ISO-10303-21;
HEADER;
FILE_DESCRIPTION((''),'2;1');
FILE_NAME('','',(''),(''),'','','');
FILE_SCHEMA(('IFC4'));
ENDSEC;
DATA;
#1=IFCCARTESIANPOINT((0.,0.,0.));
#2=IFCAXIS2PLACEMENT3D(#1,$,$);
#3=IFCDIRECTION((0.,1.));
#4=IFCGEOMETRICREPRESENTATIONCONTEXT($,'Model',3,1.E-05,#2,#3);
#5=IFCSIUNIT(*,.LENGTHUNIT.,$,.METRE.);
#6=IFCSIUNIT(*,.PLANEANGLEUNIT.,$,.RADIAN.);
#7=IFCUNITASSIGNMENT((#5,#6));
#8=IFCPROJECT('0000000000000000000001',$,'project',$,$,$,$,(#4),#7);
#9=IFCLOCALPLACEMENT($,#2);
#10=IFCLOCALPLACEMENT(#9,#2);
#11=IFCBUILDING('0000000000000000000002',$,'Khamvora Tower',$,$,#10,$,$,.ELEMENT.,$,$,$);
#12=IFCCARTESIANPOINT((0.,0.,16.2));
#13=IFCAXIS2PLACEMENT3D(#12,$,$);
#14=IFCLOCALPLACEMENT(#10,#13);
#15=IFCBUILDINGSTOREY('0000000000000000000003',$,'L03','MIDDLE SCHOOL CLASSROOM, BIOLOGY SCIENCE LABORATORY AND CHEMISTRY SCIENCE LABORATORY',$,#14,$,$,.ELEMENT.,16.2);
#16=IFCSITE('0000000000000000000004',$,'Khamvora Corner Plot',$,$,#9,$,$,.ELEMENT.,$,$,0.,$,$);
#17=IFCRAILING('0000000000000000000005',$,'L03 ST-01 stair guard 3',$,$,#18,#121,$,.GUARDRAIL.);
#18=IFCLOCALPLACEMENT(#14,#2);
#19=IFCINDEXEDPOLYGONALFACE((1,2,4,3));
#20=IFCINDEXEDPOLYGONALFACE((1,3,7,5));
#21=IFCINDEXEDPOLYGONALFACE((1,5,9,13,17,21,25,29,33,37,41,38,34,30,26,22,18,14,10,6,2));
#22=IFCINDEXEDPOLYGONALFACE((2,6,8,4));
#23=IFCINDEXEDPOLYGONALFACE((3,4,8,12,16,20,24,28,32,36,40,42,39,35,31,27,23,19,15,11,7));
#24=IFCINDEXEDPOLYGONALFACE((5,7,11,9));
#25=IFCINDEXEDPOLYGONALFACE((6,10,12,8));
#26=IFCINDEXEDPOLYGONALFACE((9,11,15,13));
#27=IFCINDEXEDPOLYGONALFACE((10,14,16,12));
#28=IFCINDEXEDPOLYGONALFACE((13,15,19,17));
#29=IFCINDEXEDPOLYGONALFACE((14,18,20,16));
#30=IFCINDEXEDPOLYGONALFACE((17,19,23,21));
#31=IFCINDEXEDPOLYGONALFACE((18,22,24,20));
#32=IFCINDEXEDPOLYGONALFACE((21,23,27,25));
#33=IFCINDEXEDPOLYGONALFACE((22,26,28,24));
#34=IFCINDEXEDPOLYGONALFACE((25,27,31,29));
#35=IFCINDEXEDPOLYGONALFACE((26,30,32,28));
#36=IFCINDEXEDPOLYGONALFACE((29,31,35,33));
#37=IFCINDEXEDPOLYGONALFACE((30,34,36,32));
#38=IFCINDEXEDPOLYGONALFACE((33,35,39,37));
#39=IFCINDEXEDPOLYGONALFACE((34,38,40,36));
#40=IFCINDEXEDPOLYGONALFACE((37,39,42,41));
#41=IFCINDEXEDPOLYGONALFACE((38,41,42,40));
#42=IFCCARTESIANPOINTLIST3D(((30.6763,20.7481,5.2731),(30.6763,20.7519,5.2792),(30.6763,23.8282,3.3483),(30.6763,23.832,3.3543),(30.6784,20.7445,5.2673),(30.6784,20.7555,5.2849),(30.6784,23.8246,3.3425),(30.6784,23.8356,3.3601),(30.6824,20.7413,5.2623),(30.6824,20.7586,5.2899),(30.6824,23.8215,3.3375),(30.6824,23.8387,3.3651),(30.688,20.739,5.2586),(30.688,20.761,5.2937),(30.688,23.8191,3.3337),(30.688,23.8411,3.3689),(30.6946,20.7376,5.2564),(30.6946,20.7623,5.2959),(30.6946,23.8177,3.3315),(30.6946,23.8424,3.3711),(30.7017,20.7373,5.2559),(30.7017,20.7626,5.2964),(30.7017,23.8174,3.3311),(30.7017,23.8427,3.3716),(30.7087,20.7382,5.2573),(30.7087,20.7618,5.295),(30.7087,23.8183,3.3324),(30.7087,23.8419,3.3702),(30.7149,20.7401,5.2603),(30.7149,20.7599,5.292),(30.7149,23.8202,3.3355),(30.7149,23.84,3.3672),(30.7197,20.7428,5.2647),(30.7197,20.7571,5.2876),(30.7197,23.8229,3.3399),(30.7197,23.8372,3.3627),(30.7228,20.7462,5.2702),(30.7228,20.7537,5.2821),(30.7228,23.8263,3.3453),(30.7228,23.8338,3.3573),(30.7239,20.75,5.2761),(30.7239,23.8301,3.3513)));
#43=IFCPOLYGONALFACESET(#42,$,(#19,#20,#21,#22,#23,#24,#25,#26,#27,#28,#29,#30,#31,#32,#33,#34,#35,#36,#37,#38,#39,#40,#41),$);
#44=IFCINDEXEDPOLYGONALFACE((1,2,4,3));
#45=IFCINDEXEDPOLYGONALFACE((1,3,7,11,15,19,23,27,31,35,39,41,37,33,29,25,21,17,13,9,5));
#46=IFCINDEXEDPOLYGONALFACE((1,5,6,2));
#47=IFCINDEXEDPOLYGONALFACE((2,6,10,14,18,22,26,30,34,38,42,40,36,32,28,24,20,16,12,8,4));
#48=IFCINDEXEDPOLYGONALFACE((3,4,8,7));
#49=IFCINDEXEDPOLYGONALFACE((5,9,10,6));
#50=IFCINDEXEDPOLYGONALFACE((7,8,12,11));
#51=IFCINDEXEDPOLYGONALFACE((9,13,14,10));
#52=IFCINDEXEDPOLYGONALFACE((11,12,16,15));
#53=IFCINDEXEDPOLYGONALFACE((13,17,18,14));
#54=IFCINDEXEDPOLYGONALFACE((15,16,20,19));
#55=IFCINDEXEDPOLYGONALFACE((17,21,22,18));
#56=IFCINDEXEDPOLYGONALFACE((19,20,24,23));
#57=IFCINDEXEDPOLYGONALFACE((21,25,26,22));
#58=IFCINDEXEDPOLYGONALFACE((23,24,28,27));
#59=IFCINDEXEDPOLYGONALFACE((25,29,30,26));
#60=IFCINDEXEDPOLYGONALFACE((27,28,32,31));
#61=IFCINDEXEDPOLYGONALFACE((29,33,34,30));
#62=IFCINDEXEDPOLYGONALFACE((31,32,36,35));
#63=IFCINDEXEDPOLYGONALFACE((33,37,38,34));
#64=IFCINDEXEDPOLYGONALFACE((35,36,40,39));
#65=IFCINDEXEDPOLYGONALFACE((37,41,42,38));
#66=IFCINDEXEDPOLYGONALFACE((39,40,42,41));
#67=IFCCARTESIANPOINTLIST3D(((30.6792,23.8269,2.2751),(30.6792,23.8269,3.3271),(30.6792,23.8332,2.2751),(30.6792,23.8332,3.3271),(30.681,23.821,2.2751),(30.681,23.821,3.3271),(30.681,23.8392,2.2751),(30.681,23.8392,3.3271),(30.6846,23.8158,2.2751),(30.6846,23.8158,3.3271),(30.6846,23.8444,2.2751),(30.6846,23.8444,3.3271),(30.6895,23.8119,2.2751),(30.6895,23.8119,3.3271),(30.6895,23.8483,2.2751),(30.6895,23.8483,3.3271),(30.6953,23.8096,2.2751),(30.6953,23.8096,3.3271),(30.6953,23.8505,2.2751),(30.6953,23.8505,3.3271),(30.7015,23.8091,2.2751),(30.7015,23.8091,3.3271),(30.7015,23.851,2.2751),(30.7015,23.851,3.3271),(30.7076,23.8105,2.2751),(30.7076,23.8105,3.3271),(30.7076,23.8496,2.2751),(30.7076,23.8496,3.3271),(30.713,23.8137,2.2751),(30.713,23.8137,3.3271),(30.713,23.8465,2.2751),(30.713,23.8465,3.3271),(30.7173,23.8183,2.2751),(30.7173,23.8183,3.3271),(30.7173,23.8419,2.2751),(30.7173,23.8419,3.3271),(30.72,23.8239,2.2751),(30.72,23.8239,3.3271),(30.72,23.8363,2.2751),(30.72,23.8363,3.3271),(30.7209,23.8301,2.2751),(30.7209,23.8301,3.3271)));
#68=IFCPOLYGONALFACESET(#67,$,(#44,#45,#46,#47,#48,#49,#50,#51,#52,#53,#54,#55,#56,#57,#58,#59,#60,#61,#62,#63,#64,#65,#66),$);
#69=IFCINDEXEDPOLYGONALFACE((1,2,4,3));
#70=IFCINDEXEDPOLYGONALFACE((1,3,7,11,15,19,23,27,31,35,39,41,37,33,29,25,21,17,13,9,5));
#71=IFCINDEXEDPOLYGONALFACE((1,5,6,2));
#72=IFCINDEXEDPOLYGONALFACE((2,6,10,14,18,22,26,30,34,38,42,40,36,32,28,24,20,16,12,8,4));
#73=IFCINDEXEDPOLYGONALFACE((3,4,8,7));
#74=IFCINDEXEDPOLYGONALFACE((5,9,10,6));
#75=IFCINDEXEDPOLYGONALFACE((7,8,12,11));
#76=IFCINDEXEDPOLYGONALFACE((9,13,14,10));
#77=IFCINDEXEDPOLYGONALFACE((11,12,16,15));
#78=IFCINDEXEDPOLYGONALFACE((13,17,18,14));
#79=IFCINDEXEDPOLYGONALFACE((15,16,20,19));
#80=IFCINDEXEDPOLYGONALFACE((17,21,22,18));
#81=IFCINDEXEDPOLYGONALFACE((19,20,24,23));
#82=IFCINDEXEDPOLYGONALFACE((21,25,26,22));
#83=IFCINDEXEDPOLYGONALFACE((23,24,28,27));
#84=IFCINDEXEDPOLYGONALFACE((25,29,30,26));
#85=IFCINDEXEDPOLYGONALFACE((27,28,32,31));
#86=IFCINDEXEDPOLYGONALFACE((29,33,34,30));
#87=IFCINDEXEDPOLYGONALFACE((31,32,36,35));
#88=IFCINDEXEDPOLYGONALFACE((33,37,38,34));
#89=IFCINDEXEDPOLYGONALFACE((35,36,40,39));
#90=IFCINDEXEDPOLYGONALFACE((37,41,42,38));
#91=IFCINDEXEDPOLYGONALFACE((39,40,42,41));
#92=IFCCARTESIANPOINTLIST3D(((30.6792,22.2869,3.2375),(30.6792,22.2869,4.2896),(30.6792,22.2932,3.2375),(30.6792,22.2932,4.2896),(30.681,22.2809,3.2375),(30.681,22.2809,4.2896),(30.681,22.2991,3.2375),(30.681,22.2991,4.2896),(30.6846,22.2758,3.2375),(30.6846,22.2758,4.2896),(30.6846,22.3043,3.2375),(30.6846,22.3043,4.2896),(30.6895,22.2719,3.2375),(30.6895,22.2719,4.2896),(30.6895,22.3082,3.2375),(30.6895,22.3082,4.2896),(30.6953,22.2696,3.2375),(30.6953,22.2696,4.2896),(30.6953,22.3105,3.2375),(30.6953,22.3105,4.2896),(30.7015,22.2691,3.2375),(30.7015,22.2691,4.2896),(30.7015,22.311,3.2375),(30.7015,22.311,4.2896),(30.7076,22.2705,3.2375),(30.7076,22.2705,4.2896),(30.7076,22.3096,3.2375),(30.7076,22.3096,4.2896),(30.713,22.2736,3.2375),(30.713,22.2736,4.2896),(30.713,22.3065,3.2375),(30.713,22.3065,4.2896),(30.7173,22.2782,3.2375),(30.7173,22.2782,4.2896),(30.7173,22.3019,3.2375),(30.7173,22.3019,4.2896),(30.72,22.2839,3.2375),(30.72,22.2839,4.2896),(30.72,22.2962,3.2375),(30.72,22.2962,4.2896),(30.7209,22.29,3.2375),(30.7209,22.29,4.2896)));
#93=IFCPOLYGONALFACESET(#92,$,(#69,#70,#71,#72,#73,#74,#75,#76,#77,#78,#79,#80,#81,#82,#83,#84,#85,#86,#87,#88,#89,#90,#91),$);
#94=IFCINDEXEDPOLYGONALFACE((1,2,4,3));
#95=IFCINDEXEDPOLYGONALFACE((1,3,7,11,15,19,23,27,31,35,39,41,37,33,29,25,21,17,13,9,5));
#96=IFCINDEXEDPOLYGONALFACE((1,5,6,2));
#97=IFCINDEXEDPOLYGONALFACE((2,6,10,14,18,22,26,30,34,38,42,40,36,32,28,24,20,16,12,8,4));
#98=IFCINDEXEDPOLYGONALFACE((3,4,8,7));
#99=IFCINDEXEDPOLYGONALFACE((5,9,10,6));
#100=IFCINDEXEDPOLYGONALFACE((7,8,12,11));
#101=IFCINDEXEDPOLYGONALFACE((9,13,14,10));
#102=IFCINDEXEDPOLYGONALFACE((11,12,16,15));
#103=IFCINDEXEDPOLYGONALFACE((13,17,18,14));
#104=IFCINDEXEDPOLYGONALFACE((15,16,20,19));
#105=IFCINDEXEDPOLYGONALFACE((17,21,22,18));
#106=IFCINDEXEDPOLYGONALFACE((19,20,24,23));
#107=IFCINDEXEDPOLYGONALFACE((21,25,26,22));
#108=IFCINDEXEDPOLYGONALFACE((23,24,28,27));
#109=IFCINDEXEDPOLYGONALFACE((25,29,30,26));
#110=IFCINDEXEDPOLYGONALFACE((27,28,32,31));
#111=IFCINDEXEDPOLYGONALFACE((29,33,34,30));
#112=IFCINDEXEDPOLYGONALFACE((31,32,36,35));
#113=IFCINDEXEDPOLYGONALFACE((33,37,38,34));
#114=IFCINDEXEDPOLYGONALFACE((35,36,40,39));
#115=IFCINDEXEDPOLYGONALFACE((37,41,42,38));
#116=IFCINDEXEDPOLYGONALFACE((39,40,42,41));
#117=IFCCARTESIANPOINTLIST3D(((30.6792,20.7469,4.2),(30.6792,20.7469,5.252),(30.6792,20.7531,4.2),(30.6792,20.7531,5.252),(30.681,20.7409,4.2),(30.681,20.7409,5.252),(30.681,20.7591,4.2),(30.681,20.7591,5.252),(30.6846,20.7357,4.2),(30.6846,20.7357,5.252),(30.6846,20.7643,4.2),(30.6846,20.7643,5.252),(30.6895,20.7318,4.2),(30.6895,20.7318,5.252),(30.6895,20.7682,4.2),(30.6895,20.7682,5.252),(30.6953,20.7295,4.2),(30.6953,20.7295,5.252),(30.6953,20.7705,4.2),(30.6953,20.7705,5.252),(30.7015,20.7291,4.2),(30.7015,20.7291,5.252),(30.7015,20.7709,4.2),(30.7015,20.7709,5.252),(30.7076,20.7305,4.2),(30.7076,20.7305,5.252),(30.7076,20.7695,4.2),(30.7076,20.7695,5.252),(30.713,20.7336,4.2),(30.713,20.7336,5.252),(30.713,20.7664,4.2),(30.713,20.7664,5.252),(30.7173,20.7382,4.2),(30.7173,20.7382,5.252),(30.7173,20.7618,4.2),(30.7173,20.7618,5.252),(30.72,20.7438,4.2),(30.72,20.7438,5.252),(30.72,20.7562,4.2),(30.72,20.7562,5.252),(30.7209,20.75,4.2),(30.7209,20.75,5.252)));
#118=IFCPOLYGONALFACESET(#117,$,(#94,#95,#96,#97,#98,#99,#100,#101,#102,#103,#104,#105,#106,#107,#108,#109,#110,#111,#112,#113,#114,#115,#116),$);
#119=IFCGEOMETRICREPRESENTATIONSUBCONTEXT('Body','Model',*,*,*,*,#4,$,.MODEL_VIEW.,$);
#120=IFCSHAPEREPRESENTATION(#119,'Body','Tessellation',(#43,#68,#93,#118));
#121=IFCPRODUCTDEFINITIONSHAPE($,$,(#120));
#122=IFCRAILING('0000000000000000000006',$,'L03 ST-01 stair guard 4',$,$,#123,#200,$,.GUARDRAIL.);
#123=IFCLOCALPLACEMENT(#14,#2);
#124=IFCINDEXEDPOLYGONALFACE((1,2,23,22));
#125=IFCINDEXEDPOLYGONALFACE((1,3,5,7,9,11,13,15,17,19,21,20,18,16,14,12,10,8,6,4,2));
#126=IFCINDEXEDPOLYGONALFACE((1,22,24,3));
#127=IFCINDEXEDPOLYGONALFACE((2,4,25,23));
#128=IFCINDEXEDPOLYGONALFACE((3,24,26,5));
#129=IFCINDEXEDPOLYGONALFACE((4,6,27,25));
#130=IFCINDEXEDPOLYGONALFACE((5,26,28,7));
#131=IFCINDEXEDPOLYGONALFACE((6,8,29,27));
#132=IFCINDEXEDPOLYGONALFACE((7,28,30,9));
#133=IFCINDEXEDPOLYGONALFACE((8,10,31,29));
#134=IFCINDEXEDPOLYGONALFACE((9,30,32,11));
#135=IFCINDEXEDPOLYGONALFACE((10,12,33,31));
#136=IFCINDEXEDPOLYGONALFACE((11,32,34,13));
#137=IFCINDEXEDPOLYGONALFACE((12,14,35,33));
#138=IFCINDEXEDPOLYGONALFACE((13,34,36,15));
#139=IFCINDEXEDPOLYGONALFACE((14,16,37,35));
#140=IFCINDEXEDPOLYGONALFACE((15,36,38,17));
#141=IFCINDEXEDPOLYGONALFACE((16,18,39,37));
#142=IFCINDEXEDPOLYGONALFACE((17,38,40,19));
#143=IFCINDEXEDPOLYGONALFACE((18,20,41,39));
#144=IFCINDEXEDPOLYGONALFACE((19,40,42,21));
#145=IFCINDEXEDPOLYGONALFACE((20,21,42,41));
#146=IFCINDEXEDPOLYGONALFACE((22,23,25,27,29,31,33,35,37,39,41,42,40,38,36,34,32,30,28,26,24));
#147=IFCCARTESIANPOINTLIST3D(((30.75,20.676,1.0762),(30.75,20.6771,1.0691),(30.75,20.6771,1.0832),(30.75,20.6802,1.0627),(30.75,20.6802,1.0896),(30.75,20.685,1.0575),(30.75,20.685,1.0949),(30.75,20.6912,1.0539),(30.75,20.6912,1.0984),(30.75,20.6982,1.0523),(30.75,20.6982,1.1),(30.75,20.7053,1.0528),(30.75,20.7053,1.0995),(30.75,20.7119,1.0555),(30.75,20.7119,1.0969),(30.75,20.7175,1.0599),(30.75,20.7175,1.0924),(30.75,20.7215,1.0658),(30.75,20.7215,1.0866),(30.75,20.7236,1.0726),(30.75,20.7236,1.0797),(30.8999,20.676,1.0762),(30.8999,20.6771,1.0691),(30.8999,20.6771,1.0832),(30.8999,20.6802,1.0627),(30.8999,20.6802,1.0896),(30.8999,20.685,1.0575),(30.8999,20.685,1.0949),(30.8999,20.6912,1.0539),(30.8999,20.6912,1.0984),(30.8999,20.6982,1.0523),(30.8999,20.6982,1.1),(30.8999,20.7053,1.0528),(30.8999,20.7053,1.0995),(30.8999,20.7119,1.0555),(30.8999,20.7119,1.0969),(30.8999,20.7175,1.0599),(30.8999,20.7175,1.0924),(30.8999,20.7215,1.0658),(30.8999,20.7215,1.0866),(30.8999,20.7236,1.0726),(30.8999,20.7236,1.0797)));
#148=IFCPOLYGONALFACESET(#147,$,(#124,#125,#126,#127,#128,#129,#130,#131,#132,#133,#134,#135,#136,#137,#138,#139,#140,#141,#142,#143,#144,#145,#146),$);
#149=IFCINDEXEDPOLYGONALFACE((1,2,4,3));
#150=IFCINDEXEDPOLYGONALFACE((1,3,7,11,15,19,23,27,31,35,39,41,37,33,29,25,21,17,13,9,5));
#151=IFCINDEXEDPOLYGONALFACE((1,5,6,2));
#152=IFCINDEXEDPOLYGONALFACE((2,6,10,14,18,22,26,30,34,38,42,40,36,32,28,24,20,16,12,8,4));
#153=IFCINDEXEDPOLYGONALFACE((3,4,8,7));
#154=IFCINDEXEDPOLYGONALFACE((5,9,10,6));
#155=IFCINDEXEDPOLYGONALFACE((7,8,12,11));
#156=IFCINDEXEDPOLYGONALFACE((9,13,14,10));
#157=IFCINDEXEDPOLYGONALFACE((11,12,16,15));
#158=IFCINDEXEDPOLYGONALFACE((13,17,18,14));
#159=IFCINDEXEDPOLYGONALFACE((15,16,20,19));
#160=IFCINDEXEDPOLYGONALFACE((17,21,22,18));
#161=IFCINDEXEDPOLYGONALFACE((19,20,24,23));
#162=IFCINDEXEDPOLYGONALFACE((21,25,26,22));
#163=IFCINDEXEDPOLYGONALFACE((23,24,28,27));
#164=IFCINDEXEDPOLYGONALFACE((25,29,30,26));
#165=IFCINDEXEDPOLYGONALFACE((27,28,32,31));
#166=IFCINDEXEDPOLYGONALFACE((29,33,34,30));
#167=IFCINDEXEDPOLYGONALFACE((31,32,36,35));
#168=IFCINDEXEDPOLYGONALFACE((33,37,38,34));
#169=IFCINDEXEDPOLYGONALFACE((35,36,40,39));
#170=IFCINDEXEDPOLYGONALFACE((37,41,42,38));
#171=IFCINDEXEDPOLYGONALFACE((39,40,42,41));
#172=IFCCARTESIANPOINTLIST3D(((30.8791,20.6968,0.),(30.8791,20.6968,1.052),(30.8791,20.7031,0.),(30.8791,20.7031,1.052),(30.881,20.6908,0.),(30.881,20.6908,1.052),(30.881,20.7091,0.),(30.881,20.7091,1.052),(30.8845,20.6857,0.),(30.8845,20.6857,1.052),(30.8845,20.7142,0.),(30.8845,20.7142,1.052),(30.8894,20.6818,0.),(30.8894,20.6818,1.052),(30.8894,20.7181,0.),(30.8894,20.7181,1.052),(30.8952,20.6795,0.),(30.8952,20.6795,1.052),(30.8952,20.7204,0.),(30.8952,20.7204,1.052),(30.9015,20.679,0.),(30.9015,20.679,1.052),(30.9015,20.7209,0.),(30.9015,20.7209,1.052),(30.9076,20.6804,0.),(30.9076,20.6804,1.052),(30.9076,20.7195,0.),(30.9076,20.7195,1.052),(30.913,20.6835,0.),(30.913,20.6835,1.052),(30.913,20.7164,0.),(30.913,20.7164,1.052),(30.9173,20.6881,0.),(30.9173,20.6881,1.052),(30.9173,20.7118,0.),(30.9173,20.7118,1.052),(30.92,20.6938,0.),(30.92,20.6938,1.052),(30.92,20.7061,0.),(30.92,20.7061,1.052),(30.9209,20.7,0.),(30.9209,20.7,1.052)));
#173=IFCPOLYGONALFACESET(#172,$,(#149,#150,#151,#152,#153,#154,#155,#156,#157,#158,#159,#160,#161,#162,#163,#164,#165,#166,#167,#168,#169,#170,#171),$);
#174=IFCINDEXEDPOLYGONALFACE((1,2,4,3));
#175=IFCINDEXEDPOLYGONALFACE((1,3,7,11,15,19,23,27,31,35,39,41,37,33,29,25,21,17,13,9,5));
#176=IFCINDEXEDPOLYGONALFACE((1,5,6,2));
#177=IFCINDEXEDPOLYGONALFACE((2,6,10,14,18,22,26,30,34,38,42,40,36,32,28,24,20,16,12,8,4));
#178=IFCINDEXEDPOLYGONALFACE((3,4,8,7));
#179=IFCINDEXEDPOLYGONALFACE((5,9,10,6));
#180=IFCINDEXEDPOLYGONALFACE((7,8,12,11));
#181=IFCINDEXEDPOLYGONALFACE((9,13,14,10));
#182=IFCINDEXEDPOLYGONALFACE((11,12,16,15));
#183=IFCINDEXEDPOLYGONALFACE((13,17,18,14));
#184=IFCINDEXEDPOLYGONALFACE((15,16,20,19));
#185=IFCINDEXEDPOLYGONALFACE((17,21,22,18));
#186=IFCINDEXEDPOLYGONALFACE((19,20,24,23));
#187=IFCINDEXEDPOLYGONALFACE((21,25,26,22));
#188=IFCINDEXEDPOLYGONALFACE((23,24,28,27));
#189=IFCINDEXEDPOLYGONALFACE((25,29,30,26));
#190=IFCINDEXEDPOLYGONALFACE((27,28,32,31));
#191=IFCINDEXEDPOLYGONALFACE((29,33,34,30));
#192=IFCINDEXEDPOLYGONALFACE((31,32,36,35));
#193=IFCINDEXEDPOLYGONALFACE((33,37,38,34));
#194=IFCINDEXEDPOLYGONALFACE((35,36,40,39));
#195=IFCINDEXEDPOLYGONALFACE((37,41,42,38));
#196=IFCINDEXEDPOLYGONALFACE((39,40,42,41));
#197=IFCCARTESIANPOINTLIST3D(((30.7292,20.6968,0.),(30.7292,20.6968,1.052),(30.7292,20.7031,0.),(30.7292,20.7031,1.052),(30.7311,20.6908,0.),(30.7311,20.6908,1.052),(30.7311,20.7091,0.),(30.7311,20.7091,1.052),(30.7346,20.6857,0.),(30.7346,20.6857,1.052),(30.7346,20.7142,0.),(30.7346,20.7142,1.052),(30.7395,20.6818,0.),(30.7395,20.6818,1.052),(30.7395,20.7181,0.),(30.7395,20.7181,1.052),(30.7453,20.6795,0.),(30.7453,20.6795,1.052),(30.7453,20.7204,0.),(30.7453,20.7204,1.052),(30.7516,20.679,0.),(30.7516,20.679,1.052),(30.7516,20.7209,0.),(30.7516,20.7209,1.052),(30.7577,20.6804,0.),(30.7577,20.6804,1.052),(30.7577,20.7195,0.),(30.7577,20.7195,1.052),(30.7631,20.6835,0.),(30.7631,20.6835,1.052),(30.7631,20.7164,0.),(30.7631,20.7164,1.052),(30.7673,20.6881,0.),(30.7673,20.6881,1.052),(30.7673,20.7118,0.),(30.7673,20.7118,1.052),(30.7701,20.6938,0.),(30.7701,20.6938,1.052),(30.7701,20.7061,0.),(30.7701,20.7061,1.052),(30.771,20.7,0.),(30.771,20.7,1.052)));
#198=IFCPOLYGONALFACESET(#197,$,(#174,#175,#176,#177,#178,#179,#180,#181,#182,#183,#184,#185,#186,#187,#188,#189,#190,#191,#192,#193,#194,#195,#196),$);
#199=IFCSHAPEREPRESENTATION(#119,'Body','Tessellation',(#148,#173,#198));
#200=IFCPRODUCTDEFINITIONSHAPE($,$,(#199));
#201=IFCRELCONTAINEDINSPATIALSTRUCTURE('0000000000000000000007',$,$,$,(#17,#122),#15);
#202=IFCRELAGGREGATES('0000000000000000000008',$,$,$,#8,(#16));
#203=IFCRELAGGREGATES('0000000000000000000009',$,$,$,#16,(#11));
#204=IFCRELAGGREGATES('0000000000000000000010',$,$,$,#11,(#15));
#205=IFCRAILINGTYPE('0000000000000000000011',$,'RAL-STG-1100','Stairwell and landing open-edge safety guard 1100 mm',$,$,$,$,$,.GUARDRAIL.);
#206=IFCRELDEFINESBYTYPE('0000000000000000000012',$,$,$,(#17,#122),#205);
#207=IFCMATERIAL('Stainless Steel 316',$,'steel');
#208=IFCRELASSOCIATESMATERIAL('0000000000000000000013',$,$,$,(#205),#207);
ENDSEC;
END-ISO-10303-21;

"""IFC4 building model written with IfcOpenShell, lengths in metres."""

from ifc_helpers import new_model, si_unit, direction, frame, origin, origin_2d, place, context, subcontext, project, spatial, circle, extrude, material, type_object, element, save


model = new_model("IFC4")

# Units and contexts
model_context = context("Model", 3, precision=1e-05, world=origin(), true_north=direction((0.0, 1.0)))
body_context = subcontext(model_context, "Body", "Model", "MODEL_VIEW")
ifc_project = project(units=[si_unit("LENGTHUNIT", "METRE"), si_unit("PLANEANGLEUNIT", "RADIAN")], contexts=[model_context])

# Site, building, storey
site_placement = place(None, origin())
site = spatial("IfcSite", under=ifc_project, at=site_placement, Name="Khamvora Corner Plot", CompositionType="ELEMENT", RefElevation=0.0)
building_placement = place(site_placement, origin())
building = spatial("IfcBuilding", under=site, at=building_placement, Name="Khamvora Tower", CompositionType="ELEMENT")
storey_placement = place(building_placement, frame((0.0, 0.0, 16.2)))
storey = spatial("IfcBuildingStorey", under=building, at=storey_placement, Name="L03", Description="MIDDLE SCHOOL CLASSROOM, BIOLOGY SCIENCE LABORATORY AND CHEMISTRY SCIENCE LABORATORY", CompositionType="ELEMENT", Elevation=16.2)

# Railings
ifc_material_1 = material(Name="Stainless Steel 316", Category="steel")
railing_type_1 = type_object("IfcRailingType", Name="RAL-STG-1100", Description="Stairwell and landing open-edge safety guard 1100 mm", PredefinedType="GUARDRAIL", material=ifc_material_1)
railing_1_placement = place(storey_placement, frame((30.7, 23.8301, 2.2751)))
element("IfcRailing", 1, at=railing_1_placement, inside=storey, type_object=railing_type_1, Name="L03 ST-01 stair guard 3", PredefinedType="GUARDRAIL", context=body_context, shape_type="SweptSolid", body=[
    extrude(circle(Radius=0.0239, at=origin_2d()), frame((0.0, 0.0, 1.0762), z_axis=(0.0, -0.848029, 0.529951), x_axis=(1.0, 0.0, 0.0)), (0.0, 0.0, 1.0), 3.6321),
    extrude(circle(Radius=0.021, at=origin_2d()), origin(), (0.0, 0.0, 1.0), 1.052),
    extrude(circle(Radius=0.021, at=origin_2d()), frame((0.0, -1.54, 0.9624)), (0.0, 0.0, 1.0), 1.052),
    extrude(circle(Radius=0.021, at=origin_2d()), frame((0.0, -3.0801, 1.9248)), (0.0, 0.0, 1.0), 1.052),
])
railing_2_placement = place(storey_placement, frame((30.8999, 20.7, 0.0)))
element("IfcRailing", 2, at=railing_2_placement, inside=storey, type_object=railing_type_1, Name="L03 ST-01 stair guard 4", PredefinedType="GUARDRAIL", context=body_context, shape_type="SweptSolid", body=[
    extrude(circle(Radius=0.0239, at=origin_2d()), frame((0.0, 0.0, 1.0762), z_axis=(-1.0, 0.0, 0.0), x_axis=(0.0, -1.0, 0.0)), (0.0, 0.0, 1.0), 0.1499),
    extrude(circle(Radius=0.021, at=origin_2d()), origin(), (0.0, 0.0, 1.0), 1.052),
    extrude(circle(Radius=0.021, at=origin_2d()), frame((-0.1499, 0.0, 0.0)), (0.0, 0.0, 1.0), 1.052),
])

save(model, "model.ifc")
